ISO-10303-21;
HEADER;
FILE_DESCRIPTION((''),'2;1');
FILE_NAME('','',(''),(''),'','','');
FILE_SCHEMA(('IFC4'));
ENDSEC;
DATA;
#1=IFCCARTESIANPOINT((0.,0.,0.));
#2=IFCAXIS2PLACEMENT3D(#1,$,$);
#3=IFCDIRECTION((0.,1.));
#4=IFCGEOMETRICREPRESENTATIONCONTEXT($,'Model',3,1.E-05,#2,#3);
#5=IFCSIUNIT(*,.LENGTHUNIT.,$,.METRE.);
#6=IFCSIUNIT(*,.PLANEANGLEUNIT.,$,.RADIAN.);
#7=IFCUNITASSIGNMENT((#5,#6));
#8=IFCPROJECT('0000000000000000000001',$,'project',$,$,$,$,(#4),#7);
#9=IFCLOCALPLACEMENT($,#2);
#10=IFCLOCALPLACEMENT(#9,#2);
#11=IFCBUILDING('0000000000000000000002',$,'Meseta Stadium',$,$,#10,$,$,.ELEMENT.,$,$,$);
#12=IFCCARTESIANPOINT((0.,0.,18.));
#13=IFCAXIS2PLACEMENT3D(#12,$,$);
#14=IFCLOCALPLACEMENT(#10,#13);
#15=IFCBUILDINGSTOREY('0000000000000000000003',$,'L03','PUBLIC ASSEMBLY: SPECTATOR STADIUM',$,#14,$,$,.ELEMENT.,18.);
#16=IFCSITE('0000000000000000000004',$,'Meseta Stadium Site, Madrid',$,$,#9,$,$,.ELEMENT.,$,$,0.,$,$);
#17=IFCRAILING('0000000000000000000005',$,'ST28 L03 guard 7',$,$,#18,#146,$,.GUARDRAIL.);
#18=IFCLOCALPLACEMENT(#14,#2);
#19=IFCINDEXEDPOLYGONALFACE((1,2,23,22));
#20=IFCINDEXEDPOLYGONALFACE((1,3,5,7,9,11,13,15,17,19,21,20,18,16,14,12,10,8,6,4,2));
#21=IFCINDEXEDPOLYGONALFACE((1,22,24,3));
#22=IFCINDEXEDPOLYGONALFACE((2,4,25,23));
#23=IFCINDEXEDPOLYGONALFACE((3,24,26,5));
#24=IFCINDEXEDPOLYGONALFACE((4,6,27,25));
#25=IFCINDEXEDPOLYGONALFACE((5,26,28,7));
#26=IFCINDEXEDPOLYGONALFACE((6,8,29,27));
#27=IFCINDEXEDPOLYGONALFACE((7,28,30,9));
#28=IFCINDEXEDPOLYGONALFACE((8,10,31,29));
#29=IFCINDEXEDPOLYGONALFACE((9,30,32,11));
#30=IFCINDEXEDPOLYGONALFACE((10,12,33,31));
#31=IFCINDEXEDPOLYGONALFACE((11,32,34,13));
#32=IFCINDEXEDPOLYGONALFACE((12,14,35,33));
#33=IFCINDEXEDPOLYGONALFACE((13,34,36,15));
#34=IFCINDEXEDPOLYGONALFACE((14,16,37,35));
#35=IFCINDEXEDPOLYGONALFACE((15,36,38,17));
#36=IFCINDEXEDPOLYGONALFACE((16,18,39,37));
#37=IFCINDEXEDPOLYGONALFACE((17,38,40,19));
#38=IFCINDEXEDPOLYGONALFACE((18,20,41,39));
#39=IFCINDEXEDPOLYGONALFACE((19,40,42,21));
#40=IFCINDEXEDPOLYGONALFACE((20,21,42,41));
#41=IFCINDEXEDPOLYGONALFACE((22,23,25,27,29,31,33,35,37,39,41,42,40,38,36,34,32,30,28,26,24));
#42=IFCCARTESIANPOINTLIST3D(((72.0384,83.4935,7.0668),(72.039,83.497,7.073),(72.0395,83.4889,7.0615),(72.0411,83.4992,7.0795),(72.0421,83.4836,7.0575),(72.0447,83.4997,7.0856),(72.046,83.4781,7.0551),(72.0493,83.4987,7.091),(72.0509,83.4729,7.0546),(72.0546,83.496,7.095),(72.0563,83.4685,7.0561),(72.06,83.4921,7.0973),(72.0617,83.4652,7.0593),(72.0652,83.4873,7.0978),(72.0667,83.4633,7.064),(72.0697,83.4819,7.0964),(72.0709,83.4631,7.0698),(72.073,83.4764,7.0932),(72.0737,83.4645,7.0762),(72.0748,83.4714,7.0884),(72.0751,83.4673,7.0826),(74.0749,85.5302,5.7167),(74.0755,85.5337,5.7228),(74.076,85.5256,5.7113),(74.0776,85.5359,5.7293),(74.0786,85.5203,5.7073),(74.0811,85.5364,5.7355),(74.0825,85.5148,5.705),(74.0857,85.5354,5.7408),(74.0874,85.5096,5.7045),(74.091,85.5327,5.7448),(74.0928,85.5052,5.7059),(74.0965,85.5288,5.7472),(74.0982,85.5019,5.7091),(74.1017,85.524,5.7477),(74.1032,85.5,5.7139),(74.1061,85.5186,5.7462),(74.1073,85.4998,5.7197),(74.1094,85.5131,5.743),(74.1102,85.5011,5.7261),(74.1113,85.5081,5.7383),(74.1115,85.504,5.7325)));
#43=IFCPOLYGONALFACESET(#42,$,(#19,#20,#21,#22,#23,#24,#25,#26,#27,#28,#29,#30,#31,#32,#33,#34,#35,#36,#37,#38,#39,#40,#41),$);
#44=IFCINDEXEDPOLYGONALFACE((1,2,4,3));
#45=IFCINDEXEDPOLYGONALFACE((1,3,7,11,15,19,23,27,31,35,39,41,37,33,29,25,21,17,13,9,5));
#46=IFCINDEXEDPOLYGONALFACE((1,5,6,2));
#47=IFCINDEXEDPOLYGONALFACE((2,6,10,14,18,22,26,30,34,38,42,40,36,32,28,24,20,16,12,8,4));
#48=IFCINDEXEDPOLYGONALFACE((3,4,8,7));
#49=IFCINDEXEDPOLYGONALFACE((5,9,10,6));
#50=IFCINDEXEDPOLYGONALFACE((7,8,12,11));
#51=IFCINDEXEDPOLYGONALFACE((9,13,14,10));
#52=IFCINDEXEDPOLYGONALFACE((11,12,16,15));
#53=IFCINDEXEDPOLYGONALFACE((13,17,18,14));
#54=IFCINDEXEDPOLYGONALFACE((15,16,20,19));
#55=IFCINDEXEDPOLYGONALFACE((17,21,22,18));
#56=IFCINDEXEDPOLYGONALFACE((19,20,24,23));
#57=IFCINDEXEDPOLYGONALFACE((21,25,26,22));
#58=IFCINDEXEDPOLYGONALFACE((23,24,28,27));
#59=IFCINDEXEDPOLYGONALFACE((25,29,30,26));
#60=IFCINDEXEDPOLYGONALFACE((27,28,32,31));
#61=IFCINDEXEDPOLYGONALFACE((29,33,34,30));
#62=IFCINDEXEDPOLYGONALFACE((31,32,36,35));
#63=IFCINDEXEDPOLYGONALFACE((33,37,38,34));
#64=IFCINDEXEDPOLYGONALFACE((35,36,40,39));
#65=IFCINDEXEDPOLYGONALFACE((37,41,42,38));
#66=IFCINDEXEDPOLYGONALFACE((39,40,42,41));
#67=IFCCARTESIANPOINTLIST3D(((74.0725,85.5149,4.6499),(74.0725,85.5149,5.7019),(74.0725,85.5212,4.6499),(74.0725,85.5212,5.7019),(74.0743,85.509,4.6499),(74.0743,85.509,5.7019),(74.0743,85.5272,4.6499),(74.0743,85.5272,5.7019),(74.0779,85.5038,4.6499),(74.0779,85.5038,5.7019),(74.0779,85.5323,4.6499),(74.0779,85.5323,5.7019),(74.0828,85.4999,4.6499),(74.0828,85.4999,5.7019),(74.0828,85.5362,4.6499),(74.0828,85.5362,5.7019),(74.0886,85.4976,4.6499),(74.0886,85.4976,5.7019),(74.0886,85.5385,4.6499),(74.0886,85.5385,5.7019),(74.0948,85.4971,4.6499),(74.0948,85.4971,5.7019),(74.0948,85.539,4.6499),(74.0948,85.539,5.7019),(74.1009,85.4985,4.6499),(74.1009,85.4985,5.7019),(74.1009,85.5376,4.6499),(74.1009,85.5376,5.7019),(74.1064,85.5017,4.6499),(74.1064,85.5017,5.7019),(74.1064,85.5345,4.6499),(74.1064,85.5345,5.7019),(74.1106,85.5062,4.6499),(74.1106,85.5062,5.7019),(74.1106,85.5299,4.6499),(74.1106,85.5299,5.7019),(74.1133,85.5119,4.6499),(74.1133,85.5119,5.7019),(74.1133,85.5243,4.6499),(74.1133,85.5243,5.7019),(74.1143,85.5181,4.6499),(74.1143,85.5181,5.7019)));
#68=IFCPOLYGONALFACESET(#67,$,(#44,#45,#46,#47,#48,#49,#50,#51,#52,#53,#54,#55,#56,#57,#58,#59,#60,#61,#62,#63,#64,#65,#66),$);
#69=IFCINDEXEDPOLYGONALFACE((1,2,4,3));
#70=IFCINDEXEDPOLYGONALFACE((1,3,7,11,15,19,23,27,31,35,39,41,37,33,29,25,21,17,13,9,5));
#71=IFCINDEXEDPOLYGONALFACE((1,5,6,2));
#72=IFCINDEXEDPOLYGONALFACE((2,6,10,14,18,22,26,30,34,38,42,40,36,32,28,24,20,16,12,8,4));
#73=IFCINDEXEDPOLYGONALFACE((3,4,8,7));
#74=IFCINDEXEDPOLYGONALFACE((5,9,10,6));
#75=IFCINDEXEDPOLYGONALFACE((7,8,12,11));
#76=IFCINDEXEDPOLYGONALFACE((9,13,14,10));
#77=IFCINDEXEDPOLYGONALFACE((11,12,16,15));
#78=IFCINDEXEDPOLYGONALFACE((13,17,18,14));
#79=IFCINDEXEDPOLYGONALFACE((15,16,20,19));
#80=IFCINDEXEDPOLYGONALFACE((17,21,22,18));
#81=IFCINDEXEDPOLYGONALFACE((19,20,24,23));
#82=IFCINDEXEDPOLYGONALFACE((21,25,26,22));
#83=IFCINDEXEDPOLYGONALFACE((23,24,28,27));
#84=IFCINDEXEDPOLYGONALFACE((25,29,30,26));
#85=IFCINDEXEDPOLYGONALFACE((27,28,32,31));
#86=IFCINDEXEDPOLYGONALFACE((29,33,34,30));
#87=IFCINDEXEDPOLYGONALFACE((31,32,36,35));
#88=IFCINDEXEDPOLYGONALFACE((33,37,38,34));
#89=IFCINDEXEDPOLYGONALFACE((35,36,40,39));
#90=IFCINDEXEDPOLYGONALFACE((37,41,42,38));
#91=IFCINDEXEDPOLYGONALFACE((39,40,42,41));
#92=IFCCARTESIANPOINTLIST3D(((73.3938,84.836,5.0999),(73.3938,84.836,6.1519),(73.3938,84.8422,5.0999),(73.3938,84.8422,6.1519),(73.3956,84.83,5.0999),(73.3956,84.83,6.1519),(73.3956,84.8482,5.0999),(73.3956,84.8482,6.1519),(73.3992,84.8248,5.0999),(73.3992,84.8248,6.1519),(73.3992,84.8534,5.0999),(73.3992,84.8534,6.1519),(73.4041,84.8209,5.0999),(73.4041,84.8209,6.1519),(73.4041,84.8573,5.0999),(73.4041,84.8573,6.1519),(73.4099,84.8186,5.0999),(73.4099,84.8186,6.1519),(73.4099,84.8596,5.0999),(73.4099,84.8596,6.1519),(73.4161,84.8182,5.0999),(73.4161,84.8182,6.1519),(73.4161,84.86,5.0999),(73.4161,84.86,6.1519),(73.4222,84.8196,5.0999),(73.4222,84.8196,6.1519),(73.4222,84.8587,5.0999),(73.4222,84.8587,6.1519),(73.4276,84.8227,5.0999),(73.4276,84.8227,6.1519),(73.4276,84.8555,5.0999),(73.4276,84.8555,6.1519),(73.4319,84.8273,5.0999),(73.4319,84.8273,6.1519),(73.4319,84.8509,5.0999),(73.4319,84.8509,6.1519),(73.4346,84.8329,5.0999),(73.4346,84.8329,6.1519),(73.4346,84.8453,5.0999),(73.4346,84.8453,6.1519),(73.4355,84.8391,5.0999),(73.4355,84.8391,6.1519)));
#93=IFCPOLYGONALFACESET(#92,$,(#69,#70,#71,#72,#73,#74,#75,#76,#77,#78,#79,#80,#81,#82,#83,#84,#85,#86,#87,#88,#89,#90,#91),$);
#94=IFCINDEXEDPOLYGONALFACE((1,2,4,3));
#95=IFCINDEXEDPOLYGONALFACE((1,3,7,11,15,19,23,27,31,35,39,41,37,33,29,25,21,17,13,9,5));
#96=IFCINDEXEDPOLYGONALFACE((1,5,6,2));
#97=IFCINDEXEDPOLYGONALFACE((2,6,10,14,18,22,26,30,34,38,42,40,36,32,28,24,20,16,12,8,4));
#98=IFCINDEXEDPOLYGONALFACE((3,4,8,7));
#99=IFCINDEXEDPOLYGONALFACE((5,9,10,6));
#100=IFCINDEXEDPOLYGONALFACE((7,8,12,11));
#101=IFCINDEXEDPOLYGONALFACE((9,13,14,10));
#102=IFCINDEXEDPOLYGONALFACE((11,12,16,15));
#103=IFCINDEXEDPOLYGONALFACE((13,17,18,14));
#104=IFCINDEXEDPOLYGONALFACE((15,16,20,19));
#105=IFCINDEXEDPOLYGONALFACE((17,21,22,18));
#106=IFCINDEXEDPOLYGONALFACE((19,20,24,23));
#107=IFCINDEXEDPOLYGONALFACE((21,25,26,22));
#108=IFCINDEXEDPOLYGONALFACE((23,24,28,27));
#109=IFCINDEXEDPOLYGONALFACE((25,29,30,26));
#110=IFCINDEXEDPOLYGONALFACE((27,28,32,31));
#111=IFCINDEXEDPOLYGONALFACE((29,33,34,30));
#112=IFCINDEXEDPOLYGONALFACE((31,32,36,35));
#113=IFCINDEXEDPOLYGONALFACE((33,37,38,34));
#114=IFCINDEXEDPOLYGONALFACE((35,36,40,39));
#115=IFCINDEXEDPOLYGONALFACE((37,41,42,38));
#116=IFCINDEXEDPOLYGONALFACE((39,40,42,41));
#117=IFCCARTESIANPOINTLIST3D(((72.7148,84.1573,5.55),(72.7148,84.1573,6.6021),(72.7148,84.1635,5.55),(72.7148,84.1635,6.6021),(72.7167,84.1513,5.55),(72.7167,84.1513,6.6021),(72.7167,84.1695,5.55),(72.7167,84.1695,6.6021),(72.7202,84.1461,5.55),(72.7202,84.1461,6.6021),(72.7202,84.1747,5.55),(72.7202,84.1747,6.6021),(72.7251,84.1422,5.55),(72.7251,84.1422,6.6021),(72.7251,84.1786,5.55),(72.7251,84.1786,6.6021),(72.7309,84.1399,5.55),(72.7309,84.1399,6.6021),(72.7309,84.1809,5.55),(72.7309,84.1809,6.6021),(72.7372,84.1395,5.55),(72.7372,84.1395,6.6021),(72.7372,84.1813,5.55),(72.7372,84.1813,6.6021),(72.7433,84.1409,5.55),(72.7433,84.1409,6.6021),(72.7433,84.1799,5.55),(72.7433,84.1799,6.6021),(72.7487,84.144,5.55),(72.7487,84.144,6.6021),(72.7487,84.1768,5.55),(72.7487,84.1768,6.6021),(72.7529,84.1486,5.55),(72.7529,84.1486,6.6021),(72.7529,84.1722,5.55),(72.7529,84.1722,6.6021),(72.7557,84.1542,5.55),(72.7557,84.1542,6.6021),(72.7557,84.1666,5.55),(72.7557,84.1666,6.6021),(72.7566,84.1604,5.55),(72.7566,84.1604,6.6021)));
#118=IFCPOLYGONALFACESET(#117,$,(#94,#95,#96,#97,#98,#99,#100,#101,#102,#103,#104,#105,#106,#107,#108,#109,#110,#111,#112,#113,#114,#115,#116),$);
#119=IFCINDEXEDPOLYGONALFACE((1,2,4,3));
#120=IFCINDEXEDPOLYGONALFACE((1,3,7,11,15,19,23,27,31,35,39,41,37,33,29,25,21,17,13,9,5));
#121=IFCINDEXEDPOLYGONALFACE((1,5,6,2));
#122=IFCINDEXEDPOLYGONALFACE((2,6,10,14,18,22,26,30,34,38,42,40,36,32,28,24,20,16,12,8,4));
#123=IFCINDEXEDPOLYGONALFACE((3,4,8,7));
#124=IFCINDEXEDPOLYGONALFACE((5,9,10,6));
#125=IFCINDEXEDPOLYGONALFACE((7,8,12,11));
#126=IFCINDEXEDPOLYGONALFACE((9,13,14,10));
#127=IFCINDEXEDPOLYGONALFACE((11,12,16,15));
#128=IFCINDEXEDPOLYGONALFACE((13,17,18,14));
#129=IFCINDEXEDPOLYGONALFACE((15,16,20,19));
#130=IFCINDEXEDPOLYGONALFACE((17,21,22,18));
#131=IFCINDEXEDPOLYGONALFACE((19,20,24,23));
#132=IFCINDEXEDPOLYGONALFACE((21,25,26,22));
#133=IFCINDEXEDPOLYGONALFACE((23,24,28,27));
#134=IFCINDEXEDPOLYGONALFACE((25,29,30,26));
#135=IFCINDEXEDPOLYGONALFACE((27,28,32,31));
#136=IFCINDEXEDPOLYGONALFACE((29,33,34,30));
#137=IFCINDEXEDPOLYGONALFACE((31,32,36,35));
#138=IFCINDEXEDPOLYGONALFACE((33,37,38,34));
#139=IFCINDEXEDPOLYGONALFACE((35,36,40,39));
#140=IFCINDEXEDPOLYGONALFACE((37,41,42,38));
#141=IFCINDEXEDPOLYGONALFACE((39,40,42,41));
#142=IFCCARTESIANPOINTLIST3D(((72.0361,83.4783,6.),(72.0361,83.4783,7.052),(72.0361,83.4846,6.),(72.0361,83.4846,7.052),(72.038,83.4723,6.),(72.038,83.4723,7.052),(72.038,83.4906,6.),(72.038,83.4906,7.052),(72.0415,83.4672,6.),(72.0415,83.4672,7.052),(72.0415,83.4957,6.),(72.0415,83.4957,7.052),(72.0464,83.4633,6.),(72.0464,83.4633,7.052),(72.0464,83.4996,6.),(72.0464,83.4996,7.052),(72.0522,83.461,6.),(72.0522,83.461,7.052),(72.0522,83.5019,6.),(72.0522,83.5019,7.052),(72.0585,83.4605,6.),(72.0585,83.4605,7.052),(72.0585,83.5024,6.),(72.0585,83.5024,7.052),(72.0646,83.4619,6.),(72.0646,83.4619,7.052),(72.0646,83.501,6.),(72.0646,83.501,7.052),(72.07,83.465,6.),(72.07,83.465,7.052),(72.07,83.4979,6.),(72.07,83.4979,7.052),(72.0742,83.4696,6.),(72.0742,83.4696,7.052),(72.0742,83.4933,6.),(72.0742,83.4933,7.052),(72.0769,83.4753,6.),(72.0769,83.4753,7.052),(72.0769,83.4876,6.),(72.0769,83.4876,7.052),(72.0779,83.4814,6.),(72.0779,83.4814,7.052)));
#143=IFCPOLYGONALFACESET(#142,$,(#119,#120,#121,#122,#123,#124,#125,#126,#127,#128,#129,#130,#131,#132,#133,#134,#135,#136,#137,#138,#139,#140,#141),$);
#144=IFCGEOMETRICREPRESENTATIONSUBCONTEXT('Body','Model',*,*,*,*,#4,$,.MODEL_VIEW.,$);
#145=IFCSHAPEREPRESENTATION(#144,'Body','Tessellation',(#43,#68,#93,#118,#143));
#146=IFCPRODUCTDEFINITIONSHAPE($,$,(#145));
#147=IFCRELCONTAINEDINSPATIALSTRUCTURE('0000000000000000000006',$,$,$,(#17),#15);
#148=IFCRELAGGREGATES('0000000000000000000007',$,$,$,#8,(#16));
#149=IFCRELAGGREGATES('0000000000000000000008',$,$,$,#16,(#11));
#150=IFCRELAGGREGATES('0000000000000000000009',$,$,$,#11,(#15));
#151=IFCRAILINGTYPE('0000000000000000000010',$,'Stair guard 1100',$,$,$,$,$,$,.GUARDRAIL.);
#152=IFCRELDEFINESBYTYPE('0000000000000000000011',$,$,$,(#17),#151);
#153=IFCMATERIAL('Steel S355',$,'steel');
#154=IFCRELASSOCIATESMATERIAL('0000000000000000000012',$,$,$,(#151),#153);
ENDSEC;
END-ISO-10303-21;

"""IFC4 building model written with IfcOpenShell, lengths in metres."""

from ifc_helpers import new_model, si_unit, direction, frame, origin, origin_2d, place, context, subcontext, project, spatial, circle, extrude, material, type_object, element, save


model = new_model("IFC4")

# Units and contexts
model_context = context("Model", 3, precision=1e-05, world=origin(), true_north=direction((0.0, 1.0)))
body_context = subcontext(model_context, "Body", "Model", "MODEL_VIEW")
ifc_project = project(units=[si_unit("LENGTHUNIT", "METRE"), si_unit("PLANEANGLEUNIT", "RADIAN")], contexts=[model_context])

# Site, building, storey
site_placement = place(None, origin())
site = spatial("IfcSite", under=ifc_project, at=site_placement, Name="Meseta Stadium Site, Madrid", CompositionType="ELEMENT", RefElevation=0.0)
building_placement = place(site_placement, origin())
building = spatial("IfcBuilding", under=site, at=building_placement, Name="Meseta Stadium", CompositionType="ELEMENT")
storey_placement = place(building_placement, frame((0.0, 0.0, 18.0)))
storey = spatial("IfcBuildingStorey", under=building, at=storey_placement, Name="L03", Description="PUBLIC ASSEMBLY: SPECTATOR STADIUM", CompositionType="ELEMENT", Elevation=18.0)

# Railing
ifc_material_1 = material(Name="Steel S355", Category="steel")
railing_type_1 = type_object("IfcRailingType", Name="Stair guard 1100", PredefinedType="GUARDRAIL", material=ifc_material_1)
railing_1_placement = place(storey_placement, frame((74.0933, 85.5181, 4.6499)))
element("IfcRailing", 1, at=railing_1_placement, inside=storey, type_object=railing_type_1, Name="ST28 L03 guard 7", PredefinedType="GUARDRAIL", context=body_context, shape_type="SweptSolid", body=[
    extrude(circle(Radius=0.0239, at=origin_2d()), frame((0.0, 0.0, 1.0762), z_axis=(-0.640211, -0.640288, 0.424454), x_axis=(0.707149, -0.707064, 0.0)), (0.0, 0.0, 1.0), 3.1809),
    extrude(circle(Radius=0.021, at=origin_2d()), origin(), (0.0, 0.0, 1.0), 1.052),
    extrude(circle(Radius=0.021, at=origin_2d()), frame((-0.6787, -0.679, 0.45)), (0.0, 0.0, 1.0), 1.052),
    extrude(circle(Radius=0.021, at=origin_2d()), frame((-1.3577, -1.3577, 0.9001)), (0.0, 0.0, 1.0), 1.052),
    extrude(circle(Radius=0.021, at=origin_2d()), frame((-2.0364, -2.0366, 1.3501)), (0.0, 0.0, 1.0), 1.052),
])

save(model, "model.ifc")
